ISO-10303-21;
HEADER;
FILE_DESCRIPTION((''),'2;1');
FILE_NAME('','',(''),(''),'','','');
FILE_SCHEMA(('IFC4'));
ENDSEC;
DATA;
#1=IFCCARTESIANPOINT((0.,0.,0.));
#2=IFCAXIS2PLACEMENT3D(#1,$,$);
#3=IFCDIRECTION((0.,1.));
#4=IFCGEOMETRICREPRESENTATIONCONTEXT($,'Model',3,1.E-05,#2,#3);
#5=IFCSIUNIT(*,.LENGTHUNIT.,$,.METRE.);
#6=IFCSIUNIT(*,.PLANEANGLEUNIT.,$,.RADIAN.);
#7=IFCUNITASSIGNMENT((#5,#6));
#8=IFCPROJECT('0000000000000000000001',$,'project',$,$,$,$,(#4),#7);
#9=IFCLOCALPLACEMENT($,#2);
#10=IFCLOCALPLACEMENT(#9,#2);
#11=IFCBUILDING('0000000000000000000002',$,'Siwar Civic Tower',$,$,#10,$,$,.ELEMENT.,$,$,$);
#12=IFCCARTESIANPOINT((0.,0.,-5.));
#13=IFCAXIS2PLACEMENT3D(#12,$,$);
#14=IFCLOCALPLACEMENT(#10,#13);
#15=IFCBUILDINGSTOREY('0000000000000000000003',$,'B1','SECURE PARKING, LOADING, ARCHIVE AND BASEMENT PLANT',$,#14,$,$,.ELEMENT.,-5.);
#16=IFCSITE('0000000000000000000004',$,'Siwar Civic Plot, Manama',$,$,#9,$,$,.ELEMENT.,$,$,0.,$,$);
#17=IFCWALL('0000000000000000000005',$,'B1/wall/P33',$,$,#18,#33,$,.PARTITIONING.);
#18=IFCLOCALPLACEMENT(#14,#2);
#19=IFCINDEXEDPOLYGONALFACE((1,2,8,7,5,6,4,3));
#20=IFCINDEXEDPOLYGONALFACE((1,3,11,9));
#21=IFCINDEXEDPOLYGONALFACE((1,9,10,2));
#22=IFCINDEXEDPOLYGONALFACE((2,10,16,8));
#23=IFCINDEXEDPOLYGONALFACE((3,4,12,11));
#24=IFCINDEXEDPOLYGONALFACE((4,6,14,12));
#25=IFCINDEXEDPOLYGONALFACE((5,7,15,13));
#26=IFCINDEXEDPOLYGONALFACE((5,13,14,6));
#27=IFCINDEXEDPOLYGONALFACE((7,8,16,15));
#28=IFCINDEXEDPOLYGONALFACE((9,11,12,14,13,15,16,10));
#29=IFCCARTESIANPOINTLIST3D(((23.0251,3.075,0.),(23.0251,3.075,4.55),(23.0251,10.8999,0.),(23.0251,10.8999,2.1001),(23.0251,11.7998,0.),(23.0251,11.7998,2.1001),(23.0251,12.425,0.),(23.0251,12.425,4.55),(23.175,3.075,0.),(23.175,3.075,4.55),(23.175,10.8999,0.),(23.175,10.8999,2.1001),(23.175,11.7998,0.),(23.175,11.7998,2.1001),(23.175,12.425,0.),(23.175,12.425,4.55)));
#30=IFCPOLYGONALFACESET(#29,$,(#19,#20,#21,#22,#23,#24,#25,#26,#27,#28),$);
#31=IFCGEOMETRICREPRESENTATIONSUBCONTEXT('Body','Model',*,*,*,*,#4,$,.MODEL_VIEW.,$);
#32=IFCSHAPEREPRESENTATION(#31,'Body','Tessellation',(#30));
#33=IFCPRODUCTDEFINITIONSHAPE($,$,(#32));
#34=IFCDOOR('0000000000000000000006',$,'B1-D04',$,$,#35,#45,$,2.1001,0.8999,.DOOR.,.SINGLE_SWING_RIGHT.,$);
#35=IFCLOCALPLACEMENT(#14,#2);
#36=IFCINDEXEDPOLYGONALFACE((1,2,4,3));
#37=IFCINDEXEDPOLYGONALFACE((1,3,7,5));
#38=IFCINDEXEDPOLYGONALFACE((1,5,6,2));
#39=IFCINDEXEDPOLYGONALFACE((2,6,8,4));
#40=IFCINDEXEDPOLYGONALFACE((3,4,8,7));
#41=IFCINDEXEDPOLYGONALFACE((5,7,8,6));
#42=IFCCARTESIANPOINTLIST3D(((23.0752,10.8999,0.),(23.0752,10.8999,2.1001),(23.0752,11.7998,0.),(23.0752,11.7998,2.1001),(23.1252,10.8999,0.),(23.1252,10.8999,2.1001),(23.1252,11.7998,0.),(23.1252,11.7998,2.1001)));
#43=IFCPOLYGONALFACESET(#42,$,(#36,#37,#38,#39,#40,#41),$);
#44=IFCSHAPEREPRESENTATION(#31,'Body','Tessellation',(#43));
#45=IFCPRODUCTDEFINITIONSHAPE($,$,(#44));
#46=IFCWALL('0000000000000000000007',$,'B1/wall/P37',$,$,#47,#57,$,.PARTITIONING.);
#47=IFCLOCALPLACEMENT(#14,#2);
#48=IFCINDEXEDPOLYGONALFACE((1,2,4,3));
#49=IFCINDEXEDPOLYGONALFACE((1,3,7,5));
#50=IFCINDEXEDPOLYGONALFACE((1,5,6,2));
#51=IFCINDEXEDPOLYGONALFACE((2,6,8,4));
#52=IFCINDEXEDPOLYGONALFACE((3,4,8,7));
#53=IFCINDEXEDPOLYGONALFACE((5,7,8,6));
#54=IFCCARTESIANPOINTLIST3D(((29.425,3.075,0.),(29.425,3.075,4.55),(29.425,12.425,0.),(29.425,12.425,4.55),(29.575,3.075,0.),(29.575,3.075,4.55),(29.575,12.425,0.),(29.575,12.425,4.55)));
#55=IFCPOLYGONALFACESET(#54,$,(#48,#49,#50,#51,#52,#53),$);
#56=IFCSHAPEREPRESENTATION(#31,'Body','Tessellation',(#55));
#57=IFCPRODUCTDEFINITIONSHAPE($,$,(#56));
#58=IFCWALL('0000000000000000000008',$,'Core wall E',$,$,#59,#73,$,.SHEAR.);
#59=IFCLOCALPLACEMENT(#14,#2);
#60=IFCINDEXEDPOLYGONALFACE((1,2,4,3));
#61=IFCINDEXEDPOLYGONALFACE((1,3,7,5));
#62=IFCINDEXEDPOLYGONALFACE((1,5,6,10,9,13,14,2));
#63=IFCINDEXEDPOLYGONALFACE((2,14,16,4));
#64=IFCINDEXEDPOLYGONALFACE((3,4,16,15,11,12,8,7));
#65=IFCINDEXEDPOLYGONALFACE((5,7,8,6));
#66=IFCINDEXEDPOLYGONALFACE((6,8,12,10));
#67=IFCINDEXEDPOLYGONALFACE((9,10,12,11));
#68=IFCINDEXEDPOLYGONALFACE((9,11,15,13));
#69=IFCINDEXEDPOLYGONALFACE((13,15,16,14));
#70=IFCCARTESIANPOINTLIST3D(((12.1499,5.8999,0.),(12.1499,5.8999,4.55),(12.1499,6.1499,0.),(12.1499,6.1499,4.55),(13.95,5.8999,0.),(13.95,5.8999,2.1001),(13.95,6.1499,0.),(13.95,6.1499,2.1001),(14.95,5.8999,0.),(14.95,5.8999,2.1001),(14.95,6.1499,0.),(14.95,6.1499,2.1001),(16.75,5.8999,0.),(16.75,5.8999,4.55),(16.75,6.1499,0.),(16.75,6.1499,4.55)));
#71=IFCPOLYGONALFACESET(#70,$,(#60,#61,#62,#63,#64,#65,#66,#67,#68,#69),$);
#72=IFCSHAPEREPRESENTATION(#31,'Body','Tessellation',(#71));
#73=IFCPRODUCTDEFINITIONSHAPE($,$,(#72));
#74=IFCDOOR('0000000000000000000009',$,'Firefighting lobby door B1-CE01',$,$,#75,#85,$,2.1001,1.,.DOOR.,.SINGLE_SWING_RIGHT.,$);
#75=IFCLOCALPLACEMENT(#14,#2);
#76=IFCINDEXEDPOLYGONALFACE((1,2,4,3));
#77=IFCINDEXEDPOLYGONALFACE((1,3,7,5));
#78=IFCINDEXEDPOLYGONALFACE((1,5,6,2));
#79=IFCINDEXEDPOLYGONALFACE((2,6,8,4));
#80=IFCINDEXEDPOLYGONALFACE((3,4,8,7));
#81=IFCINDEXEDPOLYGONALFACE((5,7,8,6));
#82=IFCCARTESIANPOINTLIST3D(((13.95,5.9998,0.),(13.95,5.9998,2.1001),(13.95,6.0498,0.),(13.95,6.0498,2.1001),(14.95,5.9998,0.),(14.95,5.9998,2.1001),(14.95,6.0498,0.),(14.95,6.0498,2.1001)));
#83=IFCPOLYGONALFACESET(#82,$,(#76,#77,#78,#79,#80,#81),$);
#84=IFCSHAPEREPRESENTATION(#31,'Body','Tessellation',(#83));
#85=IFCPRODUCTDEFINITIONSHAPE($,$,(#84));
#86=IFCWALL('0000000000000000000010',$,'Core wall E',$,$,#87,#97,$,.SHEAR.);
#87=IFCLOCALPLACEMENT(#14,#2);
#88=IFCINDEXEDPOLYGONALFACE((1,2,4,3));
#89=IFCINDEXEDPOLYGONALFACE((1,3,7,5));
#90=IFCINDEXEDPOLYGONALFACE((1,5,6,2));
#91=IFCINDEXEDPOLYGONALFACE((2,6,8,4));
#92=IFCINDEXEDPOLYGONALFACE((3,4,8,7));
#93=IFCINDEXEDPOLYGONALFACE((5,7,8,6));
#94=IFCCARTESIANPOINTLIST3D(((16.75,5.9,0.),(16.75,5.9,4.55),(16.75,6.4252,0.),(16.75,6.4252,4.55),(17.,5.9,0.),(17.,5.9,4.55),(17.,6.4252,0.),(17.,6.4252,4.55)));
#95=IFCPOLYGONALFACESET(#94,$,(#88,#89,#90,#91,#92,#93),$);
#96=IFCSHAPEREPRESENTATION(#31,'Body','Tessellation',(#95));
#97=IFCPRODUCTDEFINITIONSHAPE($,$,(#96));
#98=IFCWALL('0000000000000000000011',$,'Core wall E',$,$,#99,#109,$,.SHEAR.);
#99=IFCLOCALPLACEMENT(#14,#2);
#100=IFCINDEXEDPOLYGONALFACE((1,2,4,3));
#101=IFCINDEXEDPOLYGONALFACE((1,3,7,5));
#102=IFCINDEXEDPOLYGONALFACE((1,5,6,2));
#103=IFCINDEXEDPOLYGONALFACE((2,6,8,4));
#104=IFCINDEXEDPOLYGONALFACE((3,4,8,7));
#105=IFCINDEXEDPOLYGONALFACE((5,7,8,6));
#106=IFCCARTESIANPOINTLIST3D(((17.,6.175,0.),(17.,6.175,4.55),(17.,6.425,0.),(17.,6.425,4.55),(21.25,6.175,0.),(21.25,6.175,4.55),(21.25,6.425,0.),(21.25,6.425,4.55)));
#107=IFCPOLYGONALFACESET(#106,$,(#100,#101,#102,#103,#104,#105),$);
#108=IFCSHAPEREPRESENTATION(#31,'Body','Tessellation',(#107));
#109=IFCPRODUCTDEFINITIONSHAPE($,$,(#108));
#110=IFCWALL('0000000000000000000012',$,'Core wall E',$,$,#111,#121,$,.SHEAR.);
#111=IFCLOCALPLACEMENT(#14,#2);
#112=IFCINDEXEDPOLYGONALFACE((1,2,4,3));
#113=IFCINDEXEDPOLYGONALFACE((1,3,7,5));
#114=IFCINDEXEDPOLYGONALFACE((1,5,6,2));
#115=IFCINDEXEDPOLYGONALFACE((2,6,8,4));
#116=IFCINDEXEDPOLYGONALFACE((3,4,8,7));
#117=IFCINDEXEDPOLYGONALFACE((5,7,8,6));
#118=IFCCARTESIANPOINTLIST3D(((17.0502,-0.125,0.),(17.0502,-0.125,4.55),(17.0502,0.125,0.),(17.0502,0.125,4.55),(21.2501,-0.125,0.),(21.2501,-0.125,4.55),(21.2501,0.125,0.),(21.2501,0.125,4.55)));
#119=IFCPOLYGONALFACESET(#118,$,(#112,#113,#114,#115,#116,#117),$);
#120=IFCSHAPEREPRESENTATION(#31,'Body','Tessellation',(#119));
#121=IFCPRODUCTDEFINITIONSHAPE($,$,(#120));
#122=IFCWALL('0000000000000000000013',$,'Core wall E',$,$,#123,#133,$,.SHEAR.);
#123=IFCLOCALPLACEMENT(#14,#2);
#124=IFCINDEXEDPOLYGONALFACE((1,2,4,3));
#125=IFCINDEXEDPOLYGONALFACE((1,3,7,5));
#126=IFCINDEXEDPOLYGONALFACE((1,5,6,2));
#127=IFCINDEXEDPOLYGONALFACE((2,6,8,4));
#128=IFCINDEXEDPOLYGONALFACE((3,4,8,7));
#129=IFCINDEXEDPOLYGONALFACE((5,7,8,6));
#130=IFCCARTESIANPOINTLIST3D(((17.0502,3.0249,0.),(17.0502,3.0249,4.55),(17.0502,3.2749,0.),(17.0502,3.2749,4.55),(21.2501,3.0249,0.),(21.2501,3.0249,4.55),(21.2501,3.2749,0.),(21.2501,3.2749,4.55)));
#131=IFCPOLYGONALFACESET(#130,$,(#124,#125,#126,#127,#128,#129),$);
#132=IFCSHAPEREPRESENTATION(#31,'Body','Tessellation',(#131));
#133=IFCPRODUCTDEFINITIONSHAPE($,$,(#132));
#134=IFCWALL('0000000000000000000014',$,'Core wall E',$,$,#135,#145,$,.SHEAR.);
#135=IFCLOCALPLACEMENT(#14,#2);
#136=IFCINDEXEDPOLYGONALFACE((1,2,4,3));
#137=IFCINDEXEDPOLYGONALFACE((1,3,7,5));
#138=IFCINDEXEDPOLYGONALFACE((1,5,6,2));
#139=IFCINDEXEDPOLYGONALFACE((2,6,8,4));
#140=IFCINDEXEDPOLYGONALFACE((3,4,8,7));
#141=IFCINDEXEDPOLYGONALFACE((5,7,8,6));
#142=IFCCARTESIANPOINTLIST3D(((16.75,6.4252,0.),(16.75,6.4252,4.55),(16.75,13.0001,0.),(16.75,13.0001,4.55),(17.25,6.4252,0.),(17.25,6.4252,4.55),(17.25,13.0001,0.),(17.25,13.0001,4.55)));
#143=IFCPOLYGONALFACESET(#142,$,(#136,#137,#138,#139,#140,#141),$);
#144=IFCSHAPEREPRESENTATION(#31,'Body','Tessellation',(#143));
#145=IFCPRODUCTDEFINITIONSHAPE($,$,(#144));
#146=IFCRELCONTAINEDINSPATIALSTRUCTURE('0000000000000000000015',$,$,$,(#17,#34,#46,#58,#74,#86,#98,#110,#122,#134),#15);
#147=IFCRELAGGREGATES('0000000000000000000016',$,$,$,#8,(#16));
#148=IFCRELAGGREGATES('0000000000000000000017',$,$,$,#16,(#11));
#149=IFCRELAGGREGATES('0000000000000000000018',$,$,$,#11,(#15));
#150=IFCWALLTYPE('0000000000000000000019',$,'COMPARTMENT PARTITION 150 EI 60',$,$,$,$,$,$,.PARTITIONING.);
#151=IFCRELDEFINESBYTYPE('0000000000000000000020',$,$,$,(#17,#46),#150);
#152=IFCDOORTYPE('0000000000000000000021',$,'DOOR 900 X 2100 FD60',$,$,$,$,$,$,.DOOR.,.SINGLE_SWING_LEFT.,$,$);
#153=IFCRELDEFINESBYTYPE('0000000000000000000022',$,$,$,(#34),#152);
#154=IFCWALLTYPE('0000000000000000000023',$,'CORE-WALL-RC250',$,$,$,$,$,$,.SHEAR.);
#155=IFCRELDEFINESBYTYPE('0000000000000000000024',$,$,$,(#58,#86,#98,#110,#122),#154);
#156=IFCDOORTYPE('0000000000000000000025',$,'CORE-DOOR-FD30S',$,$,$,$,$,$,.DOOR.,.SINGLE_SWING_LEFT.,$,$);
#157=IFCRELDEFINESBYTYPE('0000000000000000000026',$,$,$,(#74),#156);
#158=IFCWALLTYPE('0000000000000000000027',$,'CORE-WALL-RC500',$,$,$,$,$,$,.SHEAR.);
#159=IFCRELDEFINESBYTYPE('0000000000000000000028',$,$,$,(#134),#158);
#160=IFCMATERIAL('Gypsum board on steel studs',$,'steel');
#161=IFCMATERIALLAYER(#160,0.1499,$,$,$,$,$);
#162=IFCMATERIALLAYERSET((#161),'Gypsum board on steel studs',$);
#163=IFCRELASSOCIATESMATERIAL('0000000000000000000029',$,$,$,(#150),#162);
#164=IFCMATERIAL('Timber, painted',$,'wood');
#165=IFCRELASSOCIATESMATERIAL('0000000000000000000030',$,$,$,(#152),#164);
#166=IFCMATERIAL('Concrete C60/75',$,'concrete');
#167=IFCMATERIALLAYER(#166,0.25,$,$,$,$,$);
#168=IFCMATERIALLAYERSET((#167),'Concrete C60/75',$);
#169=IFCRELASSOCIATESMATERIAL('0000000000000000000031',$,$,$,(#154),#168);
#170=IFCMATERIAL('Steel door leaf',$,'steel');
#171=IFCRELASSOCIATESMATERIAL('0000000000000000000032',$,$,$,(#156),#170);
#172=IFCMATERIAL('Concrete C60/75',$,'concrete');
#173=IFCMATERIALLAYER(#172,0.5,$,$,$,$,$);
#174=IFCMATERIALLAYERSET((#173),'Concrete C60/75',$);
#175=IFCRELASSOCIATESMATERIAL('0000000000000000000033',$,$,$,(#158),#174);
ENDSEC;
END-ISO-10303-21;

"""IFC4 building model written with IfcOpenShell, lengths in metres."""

from ifc_helpers import new_model, si_unit, direction, frame, frame_2d, origin, place, context, subcontext, project, spatial, rectangle, extrude, material, layer, layer_set, type_object, element, fill, save


model = new_model("IFC4")

# Units and contexts
model_context = context("Model", 3, precision=1e-05, world=origin(), true_north=direction((0.0, 1.0)))
body_context = subcontext(model_context, "Body", "Model", "MODEL_VIEW")
ifc_project = project(units=[si_unit("LENGTHUNIT", "METRE"), si_unit("PLANEANGLEUNIT", "RADIAN")], contexts=[model_context])

# Site, building, storey
site_placement = place(None, origin())
site = spatial("IfcSite", under=ifc_project, at=site_placement, Name="Siwar Civic Plot, Manama", CompositionType="ELEMENT", RefElevation=0.0)
building_placement = place(site_placement, origin())
building = spatial("IfcBuilding", under=site, at=building_placement, Name="Siwar Civic Tower", CompositionType="ELEMENT")
storey_placement = place(building_placement, frame((0.0, 0.0, -5.0)))
storey = spatial("IfcBuildingStorey", under=building, at=storey_placement, Name="B1", Description="SECURE PARKING, LOADING, ARCHIVE AND BASEMENT PLANT", CompositionType="ELEMENT", Elevation=-5.0)

# Shared definitions
ifc_material_1 = material(Name="Gypsum board on steel studs", Category="steel")
ifc_layer_1 = layer(ifc_material_1, 0.1499)
ifc_layer_set_1 = layer_set([ifc_layer_1], Name="Gypsum board on steel studs")
wall_type_1 = type_object("IfcWallType", Name="COMPARTMENT PARTITION 150 EI 60", PredefinedType="PARTITIONING", material=ifc_layer_set_1)

# Wall, opening, door
wall_1_placement = place(storey_placement, frame((23.1001, 3.075, 0.0), z_axis=(0.0, 0.0, 1.0), x_axis=(0.0, 1.0, 0.0)))
wall_1 = element("IfcWall", 1, at=wall_1_placement, inside=storey, type_object=wall_type_1, Name="B1/wall/P33", PredefinedType="PARTITIONING", context=body_context, shape_type="SweptSolid", body=[
    extrude(rectangle(XDim=9.3501, YDim=0.1499, at=frame_2d((4.675, 0.0))), origin(), (0.0, 0.0, 1.0), 4.55),
])
opening_1_placement = place(wall_1_placement, frame((7.825, 0.0, 0.0)))
opening_1 = element("IfcOpeningElement", 2, at=opening_1_placement, cuts=wall_1, PredefinedType="OPENING", context=body_context, shape_type="SweptSolid", body=[
    extrude(rectangle(XDim=0.8999, YDim=2.1001, at=frame_2d((0.45, 1.05))), frame((0.0, 0.085, 0.0), z_axis=(0.0, -1.0, 0.0), x_axis=(1.0, 0.0, 0.0)), (0.0, 0.0, 1.0), 0.1699),
])
ifc_material_2 = material(Name="Timber, painted", Category="wood")
door_type_1 = type_object("IfcDoorType", Name="DOOR 900 X 2100 FD60", OperationType="SINGLE_SWING_LEFT", PredefinedType="DOOR", material=ifc_material_2)
door_1_placement = place(opening_1_placement, origin())
door_1 = element("IfcDoor", 3, at=door_1_placement, inside=storey, type_object=door_type_1, Name="B1-D04", OperationType="SINGLE_SWING_RIGHT", OverallHeight=2.1001, OverallWidth=0.8999, PredefinedType="DOOR", context=body_context, shape_type="SweptSolid", body=[
    extrude(rectangle(XDim=0.8999, YDim=2.1001, at=frame_2d((0.45, 1.05))), frame((0.0, 0.0249, 0.0), z_axis=(0.0, -1.0, 0.0), x_axis=(1.0, 0.0, 0.0)), (0.0, 0.0, 1.0), 0.05),
])
fill(opening_1, door_1)

# Wall
wall_2_placement = place(storey_placement, frame((29.5, 3.075, 0.0), z_axis=(0.0, 0.0, 1.0), x_axis=(0.0, 1.0, 0.0)))
element("IfcWall", 4, at=wall_2_placement, inside=storey, type_object=wall_type_1, Name="B1/wall/P37", PredefinedType="PARTITIONING", context=body_context, shape_type="SweptSolid", body=[
    extrude(rectangle(XDim=9.3501, YDim=0.1499, at=frame_2d((4.675, 0.0))), origin(), (0.0, 0.0, 1.0), 4.55),
])

# Wall, opening, door
ifc_material_3 = material(Name="Concrete C60/75", Category="concrete")
ifc_layer_2 = layer(ifc_material_3, 0.25)
ifc_layer_set_2 = layer_set([ifc_layer_2], Name="Concrete C60/75")
wall_type_2 = type_object("IfcWallType", Name="CORE-WALL-RC250", PredefinedType="SHEAR", material=ifc_layer_set_2)
wall_3_placement = place(storey_placement, frame((12.1499, 6.0249, 0.0), z_axis=(0.0, 0.0, 1.0), x_axis=(1.0, 0.0, 0.0)))
wall_3 = element("IfcWall", 5, at=wall_3_placement, inside=storey, type_object=wall_type_2, Name="Core wall E", PredefinedType="SHEAR", context=body_context, shape_type="SweptSolid", body=[
    extrude(rectangle(XDim=4.6001, YDim=0.25, at=frame_2d((2.3, 0.0))), origin(), (0.0, 0.0, 1.0), 4.55),
])
opening_2_placement = place(wall_3_placement, frame((1.8, 0.0, 0.0)))
opening_2 = element("IfcOpeningElement", 6, at=opening_2_placement, cuts=wall_3, PredefinedType="OPENING", context=body_context, shape_type="SweptSolid", body=[
    extrude(rectangle(XDim=1.0, YDim=2.1001, at=frame_2d((0.5, 1.05))), frame((0.0, 0.135, 0.0), z_axis=(0.0, -1.0, 0.0), x_axis=(1.0, 0.0, 0.0)), (0.0, 0.0, 1.0), 0.27),
])
ifc_material_4 = material(Name="Steel door leaf", Category="steel")
door_type_2 = type_object("IfcDoorType", Name="CORE-DOOR-FD30S", OperationType="SINGLE_SWING_LEFT", PredefinedType="DOOR", material=ifc_material_4)
door_2_placement = place(opening_2_placement, origin())
door_2 = element("IfcDoor", 7, at=door_2_placement, inside=storey, type_object=door_type_2, Name="Firefighting lobby door B1-CE01", OperationType="SINGLE_SWING_RIGHT", OverallHeight=2.1001, OverallWidth=1.0, PredefinedType="DOOR", context=body_context, shape_type="SweptSolid", body=[
    extrude(rectangle(XDim=1.0, YDim=2.1001, at=frame_2d((0.5, 1.05))), frame((0.0, 0.0249, 0.0), z_axis=(0.0, -1.0, 0.0), x_axis=(1.0, 0.0, 0.0)), (0.0, 0.0, 1.0), 0.05),
])
fill(opening_2, door_2)

# Walls
wall_4_placement = place(storey_placement, frame((16.875, 5.8999, 0.0), z_axis=(0.0, 0.0, 1.0), x_axis=(0.0, 1.0, 0.0)))
element("IfcWall", 8, at=wall_4_placement, inside=storey, type_object=wall_type_2, Name="Core wall E", PredefinedType="SHEAR", context=body_context, shape_type="SweptSolid", body=[
    extrude(rectangle(XDim=0.5251, YDim=0.25, at=frame_2d((0.2627, 0.0))), origin(), (0.0, 0.0, 1.0), 4.55),
])
wall_5_placement = place(storey_placement, frame((17.0, 6.3, 0.0), z_axis=(0.0, 0.0, 1.0), x_axis=(1.0, 0.0, 0.0)))
element("IfcWall", 9, at=wall_5_placement, inside=storey, type_object=wall_type_2, Name="Core wall E", PredefinedType="SHEAR", context=body_context, shape_type="SweptSolid", body=[
    extrude(rectangle(XDim=4.25, YDim=0.25, at=frame_2d((2.125, 0.0))), origin(), (0.0, 0.0, 1.0), 4.55),
])
for number, where, z_axis, x_axis, name in (
    (10, (17.05, 0.0, 0.0), (0.0, 0.0, 1.0), (1.0, 0.0, 0.0), "Core wall E"),
    (11, (17.05, 3.1499, 0.0), (0.0, 0.0, 1.0), (1.0, 0.0, 0.0), "Core wall E"),
):
    element("IfcWall", number, at=place(storey_placement, frame(where, z_axis=z_axis, x_axis=x_axis)), inside=storey, type_object=wall_type_2, Name=name, PredefinedType="SHEAR", context=body_context, shape_type="SweptSolid", body=[
        extrude(rectangle(XDim=4.2, YDim=0.25, at=frame_2d((2.1001, 0.0))), origin(), (0.0, 0.0, 1.0), 4.55),
    ])
ifc_material_5 = material(Name="Concrete C60/75", Category="concrete")
ifc_layer_3 = layer(ifc_material_5, 0.5)
ifc_layer_set_3 = layer_set([ifc_layer_3], Name="Concrete C60/75")
wall_type_3 = type_object("IfcWallType", Name="CORE-WALL-RC500", PredefinedType="SHEAR", material=ifc_layer_set_3)
wall_6_placement = place(storey_placement, frame((17.0, 6.425, 0.0), z_axis=(0.0, 0.0, 1.0), x_axis=(0.0, 1.0, 0.0)))
element("IfcWall", 12, at=wall_6_placement, inside=storey, type_object=wall_type_3, Name="Core wall E", PredefinedType="SHEAR", context=body_context, shape_type="SweptSolid", body=[
    extrude(rectangle(XDim=6.575, YDim=0.5, at=frame_2d((3.2876, 0.0))), origin(), (0.0, 0.0, 1.0), 4.55),
])

save(model, "model.ifc")
